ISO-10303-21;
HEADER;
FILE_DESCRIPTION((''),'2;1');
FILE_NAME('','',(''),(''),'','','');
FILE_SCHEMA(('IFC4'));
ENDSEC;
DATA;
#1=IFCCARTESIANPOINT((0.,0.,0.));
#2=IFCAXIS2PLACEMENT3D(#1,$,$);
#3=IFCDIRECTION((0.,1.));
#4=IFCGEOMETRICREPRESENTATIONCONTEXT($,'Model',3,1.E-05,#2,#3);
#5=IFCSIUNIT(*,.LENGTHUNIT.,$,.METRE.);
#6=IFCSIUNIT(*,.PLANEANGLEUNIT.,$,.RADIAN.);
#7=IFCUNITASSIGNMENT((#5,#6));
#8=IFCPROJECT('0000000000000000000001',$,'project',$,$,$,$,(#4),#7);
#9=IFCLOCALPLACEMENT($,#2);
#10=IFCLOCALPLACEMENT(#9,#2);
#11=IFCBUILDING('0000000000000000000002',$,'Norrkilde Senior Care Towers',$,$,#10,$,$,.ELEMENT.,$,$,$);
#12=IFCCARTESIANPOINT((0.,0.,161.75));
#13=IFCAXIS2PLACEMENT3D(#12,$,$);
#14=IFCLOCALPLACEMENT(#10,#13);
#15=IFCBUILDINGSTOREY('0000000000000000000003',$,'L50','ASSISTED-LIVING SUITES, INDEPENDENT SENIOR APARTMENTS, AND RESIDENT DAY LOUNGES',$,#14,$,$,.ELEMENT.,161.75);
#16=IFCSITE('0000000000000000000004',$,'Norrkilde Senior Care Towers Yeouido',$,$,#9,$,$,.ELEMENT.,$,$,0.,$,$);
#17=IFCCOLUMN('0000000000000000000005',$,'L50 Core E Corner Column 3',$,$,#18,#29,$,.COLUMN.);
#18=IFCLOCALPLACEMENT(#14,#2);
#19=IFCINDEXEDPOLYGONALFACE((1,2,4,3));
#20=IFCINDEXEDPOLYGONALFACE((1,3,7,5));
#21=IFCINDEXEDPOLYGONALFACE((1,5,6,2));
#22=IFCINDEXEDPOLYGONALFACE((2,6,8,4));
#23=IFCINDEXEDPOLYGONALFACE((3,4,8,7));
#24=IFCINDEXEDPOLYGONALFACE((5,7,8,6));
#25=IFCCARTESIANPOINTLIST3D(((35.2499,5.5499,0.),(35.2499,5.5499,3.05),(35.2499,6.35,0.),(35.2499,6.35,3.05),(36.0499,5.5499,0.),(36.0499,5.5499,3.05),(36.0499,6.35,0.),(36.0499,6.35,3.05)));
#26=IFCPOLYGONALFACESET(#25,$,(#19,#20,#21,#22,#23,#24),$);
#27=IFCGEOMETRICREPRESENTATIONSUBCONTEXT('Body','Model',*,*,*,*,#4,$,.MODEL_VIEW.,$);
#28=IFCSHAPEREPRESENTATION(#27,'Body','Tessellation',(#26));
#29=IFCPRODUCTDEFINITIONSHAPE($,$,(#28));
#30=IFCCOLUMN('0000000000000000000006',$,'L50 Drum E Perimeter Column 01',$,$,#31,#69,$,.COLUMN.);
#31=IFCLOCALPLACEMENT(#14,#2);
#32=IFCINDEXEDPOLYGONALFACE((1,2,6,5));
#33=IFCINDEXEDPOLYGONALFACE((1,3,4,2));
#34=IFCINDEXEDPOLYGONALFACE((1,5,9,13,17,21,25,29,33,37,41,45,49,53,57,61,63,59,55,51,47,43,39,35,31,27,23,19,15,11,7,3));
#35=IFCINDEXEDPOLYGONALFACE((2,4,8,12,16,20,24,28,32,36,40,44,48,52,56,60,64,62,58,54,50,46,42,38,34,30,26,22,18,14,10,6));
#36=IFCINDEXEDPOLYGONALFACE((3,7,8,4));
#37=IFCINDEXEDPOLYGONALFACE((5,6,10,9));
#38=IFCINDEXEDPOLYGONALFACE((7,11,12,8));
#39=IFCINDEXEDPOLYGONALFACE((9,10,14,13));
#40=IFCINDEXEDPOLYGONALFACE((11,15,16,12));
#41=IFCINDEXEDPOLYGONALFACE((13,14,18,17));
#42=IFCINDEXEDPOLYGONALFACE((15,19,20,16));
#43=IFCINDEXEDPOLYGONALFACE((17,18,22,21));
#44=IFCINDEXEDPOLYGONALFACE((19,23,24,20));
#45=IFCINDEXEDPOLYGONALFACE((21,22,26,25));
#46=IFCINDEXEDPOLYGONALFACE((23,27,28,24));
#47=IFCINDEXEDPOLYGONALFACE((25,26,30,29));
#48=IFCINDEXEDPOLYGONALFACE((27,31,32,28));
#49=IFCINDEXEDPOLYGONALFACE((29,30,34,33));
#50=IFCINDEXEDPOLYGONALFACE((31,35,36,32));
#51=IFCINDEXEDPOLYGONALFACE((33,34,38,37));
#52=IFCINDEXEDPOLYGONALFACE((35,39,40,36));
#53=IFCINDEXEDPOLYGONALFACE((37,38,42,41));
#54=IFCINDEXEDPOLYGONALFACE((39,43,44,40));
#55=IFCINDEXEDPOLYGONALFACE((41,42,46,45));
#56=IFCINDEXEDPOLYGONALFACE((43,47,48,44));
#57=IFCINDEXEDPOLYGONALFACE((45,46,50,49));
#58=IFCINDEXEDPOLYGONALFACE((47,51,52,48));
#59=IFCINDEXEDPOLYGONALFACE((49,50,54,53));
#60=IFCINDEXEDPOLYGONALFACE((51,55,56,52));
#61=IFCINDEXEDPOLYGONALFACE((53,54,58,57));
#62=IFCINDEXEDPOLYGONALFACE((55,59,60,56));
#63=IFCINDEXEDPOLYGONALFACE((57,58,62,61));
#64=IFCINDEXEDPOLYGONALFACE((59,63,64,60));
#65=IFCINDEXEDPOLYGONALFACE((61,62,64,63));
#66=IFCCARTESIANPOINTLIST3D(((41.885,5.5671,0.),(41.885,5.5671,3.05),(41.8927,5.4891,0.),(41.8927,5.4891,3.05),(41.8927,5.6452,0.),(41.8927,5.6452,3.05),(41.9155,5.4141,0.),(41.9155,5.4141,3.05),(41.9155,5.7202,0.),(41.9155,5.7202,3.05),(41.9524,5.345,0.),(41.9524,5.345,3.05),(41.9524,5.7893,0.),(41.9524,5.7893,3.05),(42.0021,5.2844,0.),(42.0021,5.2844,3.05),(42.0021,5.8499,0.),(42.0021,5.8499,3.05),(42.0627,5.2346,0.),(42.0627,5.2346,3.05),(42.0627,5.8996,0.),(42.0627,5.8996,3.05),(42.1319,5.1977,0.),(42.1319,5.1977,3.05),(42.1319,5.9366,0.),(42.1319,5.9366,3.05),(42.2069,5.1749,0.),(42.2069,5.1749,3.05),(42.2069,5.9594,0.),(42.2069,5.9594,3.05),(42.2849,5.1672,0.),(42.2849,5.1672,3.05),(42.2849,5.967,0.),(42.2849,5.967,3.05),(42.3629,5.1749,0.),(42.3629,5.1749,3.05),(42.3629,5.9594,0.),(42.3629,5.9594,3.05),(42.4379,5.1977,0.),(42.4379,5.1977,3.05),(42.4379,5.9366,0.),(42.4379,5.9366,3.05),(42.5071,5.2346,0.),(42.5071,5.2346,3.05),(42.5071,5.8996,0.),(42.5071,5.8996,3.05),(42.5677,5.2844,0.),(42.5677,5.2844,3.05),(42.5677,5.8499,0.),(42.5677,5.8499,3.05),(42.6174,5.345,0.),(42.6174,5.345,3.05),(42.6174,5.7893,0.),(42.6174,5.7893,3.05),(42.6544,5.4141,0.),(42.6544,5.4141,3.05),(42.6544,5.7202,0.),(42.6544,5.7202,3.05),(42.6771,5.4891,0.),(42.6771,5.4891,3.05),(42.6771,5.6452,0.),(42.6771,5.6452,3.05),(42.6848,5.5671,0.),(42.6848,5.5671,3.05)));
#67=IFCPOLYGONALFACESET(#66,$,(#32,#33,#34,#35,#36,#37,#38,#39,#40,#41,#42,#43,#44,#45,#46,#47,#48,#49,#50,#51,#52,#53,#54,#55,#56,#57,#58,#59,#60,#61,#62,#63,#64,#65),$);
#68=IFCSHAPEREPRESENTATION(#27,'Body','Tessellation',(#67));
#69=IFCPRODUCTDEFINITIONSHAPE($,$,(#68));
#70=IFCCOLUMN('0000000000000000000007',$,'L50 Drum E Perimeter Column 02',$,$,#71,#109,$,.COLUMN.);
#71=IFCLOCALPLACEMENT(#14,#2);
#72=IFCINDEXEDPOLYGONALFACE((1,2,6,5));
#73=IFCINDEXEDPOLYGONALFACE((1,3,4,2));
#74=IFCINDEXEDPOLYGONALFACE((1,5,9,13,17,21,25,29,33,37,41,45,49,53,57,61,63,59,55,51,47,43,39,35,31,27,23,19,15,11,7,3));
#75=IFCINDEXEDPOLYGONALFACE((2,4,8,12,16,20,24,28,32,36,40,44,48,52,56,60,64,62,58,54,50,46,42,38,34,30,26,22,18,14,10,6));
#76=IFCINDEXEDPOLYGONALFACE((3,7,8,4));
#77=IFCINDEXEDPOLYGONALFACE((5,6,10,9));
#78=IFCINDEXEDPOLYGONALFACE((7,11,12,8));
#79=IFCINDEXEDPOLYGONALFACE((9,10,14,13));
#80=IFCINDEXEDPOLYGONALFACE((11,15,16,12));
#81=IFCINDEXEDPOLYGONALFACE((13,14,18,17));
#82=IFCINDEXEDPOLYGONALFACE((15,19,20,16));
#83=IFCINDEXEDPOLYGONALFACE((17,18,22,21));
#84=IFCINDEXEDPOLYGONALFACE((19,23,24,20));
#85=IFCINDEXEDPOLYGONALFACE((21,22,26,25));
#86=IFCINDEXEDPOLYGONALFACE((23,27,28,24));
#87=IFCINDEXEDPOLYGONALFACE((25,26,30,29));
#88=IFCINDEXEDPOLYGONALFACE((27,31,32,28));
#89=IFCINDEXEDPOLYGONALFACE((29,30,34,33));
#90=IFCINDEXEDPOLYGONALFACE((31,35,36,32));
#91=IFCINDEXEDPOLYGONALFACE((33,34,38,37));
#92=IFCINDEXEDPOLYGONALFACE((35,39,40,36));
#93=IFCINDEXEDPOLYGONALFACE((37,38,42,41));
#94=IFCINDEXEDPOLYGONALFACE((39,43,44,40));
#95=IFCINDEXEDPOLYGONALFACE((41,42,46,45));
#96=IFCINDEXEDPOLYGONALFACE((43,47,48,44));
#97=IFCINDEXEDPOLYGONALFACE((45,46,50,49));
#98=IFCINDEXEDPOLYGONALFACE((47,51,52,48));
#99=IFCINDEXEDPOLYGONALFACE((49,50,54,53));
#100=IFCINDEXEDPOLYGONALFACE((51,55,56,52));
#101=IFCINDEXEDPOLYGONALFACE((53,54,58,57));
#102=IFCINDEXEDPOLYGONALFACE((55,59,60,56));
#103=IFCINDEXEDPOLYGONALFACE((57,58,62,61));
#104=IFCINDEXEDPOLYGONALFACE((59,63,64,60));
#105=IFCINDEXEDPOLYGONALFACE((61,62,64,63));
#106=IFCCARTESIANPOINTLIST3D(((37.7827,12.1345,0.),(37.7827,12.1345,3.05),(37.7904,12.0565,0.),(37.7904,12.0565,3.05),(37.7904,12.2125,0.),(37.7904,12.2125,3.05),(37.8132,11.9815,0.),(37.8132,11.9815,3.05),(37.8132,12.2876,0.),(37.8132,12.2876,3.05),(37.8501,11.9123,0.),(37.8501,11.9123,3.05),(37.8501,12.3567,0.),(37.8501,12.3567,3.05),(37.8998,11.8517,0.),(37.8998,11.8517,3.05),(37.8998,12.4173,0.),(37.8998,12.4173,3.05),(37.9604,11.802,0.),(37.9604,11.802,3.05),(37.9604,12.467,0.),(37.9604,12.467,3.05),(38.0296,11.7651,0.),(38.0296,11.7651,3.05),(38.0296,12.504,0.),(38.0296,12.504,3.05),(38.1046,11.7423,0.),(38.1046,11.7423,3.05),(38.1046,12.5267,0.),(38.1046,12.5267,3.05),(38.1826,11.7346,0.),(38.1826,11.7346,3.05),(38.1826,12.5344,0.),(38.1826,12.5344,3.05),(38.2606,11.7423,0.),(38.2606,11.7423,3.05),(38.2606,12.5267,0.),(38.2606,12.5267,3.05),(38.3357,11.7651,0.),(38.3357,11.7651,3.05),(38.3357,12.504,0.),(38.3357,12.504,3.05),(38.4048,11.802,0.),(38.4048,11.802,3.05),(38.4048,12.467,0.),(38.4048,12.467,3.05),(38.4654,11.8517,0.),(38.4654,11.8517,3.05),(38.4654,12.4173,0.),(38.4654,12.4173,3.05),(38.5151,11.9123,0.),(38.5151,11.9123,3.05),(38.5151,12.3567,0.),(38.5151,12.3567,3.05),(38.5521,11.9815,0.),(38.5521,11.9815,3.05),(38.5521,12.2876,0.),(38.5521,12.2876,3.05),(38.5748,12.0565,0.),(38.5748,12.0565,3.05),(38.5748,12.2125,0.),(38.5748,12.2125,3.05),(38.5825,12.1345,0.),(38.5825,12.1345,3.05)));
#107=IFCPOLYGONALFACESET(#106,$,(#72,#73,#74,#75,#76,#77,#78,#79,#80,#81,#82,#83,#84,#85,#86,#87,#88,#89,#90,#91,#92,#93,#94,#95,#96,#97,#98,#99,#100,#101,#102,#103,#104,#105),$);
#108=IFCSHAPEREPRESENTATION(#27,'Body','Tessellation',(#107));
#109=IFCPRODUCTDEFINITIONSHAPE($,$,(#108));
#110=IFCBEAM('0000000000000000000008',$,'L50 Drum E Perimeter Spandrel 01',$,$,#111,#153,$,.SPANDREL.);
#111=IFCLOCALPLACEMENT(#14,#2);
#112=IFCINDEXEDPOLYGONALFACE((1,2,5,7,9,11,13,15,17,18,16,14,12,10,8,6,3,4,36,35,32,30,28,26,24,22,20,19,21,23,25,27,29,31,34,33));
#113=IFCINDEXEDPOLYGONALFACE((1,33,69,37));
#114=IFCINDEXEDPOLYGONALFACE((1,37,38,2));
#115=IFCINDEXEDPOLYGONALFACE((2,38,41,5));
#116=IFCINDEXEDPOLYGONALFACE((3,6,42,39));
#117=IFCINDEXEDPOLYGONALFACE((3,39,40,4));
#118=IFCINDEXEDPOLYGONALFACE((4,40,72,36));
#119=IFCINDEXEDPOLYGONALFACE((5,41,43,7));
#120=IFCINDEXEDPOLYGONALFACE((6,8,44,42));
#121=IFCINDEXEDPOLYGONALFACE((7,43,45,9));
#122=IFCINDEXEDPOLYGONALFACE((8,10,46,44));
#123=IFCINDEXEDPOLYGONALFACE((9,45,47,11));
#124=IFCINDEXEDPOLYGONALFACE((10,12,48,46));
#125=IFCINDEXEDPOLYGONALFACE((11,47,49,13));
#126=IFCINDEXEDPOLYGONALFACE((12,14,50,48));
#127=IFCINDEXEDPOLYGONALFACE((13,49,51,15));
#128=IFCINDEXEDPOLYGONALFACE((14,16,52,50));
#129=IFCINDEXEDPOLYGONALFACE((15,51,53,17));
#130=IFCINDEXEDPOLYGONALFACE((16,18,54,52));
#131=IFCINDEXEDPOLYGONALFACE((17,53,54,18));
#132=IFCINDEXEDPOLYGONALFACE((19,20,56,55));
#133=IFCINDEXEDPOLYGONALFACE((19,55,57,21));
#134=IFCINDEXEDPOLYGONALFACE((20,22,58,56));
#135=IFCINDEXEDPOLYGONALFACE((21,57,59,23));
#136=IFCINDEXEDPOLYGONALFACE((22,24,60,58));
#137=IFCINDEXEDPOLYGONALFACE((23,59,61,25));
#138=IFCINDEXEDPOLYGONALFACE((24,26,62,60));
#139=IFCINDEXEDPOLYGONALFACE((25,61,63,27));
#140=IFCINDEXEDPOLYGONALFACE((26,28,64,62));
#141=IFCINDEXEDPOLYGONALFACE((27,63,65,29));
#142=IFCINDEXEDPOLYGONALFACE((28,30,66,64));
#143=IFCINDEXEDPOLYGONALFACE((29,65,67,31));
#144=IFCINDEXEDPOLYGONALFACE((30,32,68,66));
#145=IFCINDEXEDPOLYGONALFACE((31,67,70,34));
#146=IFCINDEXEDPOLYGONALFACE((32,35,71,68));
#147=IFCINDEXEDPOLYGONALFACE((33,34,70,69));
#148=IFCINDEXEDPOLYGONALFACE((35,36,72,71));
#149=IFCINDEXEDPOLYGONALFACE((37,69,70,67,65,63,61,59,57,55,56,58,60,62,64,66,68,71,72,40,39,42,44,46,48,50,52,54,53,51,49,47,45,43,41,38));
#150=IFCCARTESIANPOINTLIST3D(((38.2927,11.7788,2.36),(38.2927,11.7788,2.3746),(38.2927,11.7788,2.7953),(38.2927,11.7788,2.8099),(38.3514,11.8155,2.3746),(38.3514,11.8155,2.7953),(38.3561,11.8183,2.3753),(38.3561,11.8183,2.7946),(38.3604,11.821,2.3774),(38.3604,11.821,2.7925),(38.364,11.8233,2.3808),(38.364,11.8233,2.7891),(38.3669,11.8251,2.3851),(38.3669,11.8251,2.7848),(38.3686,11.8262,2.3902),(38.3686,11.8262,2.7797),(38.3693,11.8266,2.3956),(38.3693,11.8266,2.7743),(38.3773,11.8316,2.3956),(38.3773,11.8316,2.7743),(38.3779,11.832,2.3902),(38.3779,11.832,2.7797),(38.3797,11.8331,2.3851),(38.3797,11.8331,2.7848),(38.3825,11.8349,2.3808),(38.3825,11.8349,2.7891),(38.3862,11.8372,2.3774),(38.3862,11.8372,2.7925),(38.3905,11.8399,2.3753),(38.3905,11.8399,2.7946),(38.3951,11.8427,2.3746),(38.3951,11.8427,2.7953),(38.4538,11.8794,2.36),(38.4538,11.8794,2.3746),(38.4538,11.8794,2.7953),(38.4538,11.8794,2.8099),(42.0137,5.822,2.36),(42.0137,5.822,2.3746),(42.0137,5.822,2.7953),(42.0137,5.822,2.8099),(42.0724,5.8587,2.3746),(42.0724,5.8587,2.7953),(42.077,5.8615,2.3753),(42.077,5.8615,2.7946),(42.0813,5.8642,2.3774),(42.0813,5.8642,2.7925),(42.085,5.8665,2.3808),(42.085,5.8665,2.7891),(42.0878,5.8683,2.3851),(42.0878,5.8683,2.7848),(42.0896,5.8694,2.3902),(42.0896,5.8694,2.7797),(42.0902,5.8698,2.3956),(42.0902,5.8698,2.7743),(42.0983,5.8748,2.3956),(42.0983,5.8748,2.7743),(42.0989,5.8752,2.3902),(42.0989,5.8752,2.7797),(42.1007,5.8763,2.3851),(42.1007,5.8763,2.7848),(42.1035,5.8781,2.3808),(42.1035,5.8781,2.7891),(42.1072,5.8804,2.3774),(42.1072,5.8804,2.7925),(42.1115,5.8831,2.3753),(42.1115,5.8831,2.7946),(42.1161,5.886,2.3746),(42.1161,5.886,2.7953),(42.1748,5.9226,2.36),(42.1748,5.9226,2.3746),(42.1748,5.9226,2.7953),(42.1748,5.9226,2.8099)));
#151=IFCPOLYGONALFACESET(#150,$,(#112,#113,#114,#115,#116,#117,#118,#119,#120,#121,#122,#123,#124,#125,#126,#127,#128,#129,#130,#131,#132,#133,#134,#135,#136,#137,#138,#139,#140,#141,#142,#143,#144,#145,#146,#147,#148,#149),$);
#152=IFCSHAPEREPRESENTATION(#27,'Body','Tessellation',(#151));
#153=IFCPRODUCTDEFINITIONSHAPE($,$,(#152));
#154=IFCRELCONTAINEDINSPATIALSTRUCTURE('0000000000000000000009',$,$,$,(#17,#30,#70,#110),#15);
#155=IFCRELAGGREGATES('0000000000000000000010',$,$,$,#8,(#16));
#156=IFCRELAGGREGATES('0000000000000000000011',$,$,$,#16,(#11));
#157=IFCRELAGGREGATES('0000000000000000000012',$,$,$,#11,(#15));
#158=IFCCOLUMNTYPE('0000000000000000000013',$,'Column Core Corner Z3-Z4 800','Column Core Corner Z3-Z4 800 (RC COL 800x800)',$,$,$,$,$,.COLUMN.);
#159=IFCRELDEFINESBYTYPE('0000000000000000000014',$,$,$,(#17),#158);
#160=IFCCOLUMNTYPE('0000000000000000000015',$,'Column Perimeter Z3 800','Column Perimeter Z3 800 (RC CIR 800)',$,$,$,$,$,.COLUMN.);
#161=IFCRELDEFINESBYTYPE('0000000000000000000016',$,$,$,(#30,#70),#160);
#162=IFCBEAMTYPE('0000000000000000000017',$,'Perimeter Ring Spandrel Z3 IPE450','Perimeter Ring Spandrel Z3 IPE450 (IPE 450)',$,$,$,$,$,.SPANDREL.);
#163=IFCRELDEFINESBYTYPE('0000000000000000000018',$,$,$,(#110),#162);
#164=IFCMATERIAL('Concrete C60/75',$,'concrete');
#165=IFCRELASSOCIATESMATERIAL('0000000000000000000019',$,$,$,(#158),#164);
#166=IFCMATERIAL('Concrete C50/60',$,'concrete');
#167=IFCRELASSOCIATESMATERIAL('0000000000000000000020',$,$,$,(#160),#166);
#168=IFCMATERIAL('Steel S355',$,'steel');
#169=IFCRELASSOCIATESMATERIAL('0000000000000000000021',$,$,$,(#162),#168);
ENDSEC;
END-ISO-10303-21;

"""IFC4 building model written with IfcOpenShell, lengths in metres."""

from ifc_helpers import new_model, si_unit, direction, frame, origin, origin_2d, place, context, subcontext, project, spatial, rectangle, circle, i_section, extrude, source, transform, mapped, material, material_profile, profile_set, type_object, type_shapes, element, save


model = new_model("IFC4")

# Units and contexts
model_context = context("Model", 3, precision=1e-05, world=origin(), true_north=direction((0.0, 1.0)))
body_context = subcontext(model_context, "Body", "Model", "MODEL_VIEW")
ifc_project = project(units=[si_unit("LENGTHUNIT", "METRE"), si_unit("PLANEANGLEUNIT", "RADIAN")], contexts=[model_context])

# Site, building, storey
site_placement = place(None, origin())
site = spatial("IfcSite", under=ifc_project, at=site_placement, Name="Norrkilde Senior Care Towers Yeouido", CompositionType="ELEMENT", RefElevation=0.0)
building_placement = place(site_placement, origin())
building = spatial("IfcBuilding", under=site, at=building_placement, Name="Norrkilde Senior Care Towers", CompositionType="ELEMENT")
storey_placement = place(building_placement, frame((0.0, 0.0, 161.75)))
storey = spatial("IfcBuildingStorey", under=building, at=storey_placement, Name="L50", Description="ASSISTED-LIVING SUITES, INDEPENDENT SENIOR APARTMENTS, AND RESIDENT DAY LOUNGES", CompositionType="ELEMENT", Elevation=161.75)

# Columns
ifc_material_1 = material(Name="Concrete C60/75", Category="concrete")
ifc_material_profile_1 = material_profile(ifc_material_1, rectangle(XDim=0.8, YDim=0.8, at=origin_2d()), Name="RC COL 800x800")
ifc_profile_set_1 = profile_set([ifc_material_profile_1], Name="Concrete C60/75")
column_type_1 = type_object("IfcColumnType", Name="Column Core Corner Z3-Z4 800", Description="Column Core Corner Z3-Z4 800 (RC COL 800x800)", PredefinedType="COLUMN", material=ifc_profile_set_1)
shared_shape_1 = source(origin(), body_context, "Body", "SweptSolid", [
    extrude(rectangle(XDim=0.8, YDim=0.8, at=origin_2d()), origin(), (0.0, 0.0, 1.0), 3.05),
])
type_shapes(column_type_1, [shared_shape_1])
column_placement = place(storey_placement, frame((35.6499, 5.95, 0.0), z_axis=(0.0, 0.0, 1.0), x_axis=(1.0, 0.0, 0.0)))
element("IfcColumn", 1, at=column_placement, inside=storey, type_object=column_type_1, Name="L50 Core E Corner Column 3", PredefinedType="COLUMN", context=body_context, shape_type="MappedRepresentation", body=[
    mapped(shared_shape_1, transform((0.0, 0.0, 0.0), x_axis=(1.0, 0.0, 0.0), y_axis=(0.0, 1.0, 0.0), z_axis=(0.0, 0.0, 1.0), scale=1.0)),
])
ifc_material_2 = material(Name="Concrete C50/60", Category="concrete")
ifc_material_profile_2 = material_profile(ifc_material_2, circle(Radius=0.3999, at=origin_2d()), Name="RC CIR 800")
ifc_profile_set_2 = profile_set([ifc_material_profile_2], Name="Concrete C50/60")
column_type_2 = type_object("IfcColumnType", Name="Column Perimeter Z3 800", Description="Column Perimeter Z3 800 (RC CIR 800)", PredefinedType="COLUMN", material=ifc_profile_set_2)
shared_shape_2 = source(origin(), body_context, "Body", "SweptSolid", [
    extrude(circle(Radius=0.3999, at=origin_2d()), origin(), (0.0, 0.0, 1.0), 3.05),
])
type_shapes(column_type_2, [shared_shape_2])
for number, where, z_axis, x_axis, name in (
    (2, (42.2849, 5.5671, 0.0), (0.0, 0.0, 1.0), (1.0, 0.0, 0.0), "L50 Drum E Perimeter Column 01"),
    (3, (38.1826, 12.1345, 0.0), (0.0, 0.0, 1.0), (1.0, 0.0, 0.0), "L50 Drum E Perimeter Column 02"),
):
    element("IfcColumn", number, at=place(storey_placement, frame(where, z_axis=z_axis, x_axis=x_axis)), inside=storey, type_object=column_type_2, Name=name, PredefinedType="COLUMN", context=body_context, shape_type="MappedRepresentation", body=[
        mapped(shared_shape_2, transform((0.0, 0.0, 0.0), x_axis=(1.0, 0.0, 0.0), y_axis=(0.0, 1.0, 0.0), z_axis=(0.0, 0.0, 1.0), scale=1.0)),
    ])

# Beam
ifc_material_3 = material(Name="Steel S355", Category="steel")
ifc_material_profile_3 = material_profile(ifc_material_3, i_section(OverallWidth=0.1899, OverallDepth=0.45, WebThickness=0.0095, FlangeThickness=0.0146, FilletRadius=0.021, at=origin_2d()), Name="IPE 450")
ifc_profile_set_3 = profile_set([ifc_material_profile_3], Name="Steel S355")
beam_type_1 = type_object("IfcBeamType", Name="Perimeter Ring Spandrel Z3 IPE450", Description="Perimeter Ring Spandrel Z3 IPE450 (IPE 450)", PredefinedType="SPANDREL", material=ifc_profile_set_3)
shared_shape_3 = source(origin(), body_context, "Body", "SweptSolid", [
    extrude(i_section(OverallWidth=0.1899, OverallDepth=0.45, WebThickness=0.0095, FlangeThickness=0.0146, FilletRadius=0.021, at=origin_2d()), origin(), (0.0, 0.0, 1.0), 7.0234),
])
beam_1_placement = place(storey_placement, frame((42.0942, 5.8723, 2.585), z_axis=(-0.52979, 0.848129, 0.0), x_axis=(-0.848129, -0.52979, 0.0)))
element("IfcBeam", 4, at=beam_1_placement, inside=storey, type_object=beam_type_1, Name="L50 Drum E Perimeter Spandrel 01", PredefinedType="SPANDREL", context=body_context, shape_type="MappedRepresentation", body=[
    mapped(shared_shape_3, transform((0.0, 0.0, 0.0), x_axis=(1.0, 0.0, 0.0), y_axis=(0.0, 1.0, 0.0), z_axis=(0.0, 0.0, 1.0), scale=1.0)),
])

save(model, "model.ifc")
